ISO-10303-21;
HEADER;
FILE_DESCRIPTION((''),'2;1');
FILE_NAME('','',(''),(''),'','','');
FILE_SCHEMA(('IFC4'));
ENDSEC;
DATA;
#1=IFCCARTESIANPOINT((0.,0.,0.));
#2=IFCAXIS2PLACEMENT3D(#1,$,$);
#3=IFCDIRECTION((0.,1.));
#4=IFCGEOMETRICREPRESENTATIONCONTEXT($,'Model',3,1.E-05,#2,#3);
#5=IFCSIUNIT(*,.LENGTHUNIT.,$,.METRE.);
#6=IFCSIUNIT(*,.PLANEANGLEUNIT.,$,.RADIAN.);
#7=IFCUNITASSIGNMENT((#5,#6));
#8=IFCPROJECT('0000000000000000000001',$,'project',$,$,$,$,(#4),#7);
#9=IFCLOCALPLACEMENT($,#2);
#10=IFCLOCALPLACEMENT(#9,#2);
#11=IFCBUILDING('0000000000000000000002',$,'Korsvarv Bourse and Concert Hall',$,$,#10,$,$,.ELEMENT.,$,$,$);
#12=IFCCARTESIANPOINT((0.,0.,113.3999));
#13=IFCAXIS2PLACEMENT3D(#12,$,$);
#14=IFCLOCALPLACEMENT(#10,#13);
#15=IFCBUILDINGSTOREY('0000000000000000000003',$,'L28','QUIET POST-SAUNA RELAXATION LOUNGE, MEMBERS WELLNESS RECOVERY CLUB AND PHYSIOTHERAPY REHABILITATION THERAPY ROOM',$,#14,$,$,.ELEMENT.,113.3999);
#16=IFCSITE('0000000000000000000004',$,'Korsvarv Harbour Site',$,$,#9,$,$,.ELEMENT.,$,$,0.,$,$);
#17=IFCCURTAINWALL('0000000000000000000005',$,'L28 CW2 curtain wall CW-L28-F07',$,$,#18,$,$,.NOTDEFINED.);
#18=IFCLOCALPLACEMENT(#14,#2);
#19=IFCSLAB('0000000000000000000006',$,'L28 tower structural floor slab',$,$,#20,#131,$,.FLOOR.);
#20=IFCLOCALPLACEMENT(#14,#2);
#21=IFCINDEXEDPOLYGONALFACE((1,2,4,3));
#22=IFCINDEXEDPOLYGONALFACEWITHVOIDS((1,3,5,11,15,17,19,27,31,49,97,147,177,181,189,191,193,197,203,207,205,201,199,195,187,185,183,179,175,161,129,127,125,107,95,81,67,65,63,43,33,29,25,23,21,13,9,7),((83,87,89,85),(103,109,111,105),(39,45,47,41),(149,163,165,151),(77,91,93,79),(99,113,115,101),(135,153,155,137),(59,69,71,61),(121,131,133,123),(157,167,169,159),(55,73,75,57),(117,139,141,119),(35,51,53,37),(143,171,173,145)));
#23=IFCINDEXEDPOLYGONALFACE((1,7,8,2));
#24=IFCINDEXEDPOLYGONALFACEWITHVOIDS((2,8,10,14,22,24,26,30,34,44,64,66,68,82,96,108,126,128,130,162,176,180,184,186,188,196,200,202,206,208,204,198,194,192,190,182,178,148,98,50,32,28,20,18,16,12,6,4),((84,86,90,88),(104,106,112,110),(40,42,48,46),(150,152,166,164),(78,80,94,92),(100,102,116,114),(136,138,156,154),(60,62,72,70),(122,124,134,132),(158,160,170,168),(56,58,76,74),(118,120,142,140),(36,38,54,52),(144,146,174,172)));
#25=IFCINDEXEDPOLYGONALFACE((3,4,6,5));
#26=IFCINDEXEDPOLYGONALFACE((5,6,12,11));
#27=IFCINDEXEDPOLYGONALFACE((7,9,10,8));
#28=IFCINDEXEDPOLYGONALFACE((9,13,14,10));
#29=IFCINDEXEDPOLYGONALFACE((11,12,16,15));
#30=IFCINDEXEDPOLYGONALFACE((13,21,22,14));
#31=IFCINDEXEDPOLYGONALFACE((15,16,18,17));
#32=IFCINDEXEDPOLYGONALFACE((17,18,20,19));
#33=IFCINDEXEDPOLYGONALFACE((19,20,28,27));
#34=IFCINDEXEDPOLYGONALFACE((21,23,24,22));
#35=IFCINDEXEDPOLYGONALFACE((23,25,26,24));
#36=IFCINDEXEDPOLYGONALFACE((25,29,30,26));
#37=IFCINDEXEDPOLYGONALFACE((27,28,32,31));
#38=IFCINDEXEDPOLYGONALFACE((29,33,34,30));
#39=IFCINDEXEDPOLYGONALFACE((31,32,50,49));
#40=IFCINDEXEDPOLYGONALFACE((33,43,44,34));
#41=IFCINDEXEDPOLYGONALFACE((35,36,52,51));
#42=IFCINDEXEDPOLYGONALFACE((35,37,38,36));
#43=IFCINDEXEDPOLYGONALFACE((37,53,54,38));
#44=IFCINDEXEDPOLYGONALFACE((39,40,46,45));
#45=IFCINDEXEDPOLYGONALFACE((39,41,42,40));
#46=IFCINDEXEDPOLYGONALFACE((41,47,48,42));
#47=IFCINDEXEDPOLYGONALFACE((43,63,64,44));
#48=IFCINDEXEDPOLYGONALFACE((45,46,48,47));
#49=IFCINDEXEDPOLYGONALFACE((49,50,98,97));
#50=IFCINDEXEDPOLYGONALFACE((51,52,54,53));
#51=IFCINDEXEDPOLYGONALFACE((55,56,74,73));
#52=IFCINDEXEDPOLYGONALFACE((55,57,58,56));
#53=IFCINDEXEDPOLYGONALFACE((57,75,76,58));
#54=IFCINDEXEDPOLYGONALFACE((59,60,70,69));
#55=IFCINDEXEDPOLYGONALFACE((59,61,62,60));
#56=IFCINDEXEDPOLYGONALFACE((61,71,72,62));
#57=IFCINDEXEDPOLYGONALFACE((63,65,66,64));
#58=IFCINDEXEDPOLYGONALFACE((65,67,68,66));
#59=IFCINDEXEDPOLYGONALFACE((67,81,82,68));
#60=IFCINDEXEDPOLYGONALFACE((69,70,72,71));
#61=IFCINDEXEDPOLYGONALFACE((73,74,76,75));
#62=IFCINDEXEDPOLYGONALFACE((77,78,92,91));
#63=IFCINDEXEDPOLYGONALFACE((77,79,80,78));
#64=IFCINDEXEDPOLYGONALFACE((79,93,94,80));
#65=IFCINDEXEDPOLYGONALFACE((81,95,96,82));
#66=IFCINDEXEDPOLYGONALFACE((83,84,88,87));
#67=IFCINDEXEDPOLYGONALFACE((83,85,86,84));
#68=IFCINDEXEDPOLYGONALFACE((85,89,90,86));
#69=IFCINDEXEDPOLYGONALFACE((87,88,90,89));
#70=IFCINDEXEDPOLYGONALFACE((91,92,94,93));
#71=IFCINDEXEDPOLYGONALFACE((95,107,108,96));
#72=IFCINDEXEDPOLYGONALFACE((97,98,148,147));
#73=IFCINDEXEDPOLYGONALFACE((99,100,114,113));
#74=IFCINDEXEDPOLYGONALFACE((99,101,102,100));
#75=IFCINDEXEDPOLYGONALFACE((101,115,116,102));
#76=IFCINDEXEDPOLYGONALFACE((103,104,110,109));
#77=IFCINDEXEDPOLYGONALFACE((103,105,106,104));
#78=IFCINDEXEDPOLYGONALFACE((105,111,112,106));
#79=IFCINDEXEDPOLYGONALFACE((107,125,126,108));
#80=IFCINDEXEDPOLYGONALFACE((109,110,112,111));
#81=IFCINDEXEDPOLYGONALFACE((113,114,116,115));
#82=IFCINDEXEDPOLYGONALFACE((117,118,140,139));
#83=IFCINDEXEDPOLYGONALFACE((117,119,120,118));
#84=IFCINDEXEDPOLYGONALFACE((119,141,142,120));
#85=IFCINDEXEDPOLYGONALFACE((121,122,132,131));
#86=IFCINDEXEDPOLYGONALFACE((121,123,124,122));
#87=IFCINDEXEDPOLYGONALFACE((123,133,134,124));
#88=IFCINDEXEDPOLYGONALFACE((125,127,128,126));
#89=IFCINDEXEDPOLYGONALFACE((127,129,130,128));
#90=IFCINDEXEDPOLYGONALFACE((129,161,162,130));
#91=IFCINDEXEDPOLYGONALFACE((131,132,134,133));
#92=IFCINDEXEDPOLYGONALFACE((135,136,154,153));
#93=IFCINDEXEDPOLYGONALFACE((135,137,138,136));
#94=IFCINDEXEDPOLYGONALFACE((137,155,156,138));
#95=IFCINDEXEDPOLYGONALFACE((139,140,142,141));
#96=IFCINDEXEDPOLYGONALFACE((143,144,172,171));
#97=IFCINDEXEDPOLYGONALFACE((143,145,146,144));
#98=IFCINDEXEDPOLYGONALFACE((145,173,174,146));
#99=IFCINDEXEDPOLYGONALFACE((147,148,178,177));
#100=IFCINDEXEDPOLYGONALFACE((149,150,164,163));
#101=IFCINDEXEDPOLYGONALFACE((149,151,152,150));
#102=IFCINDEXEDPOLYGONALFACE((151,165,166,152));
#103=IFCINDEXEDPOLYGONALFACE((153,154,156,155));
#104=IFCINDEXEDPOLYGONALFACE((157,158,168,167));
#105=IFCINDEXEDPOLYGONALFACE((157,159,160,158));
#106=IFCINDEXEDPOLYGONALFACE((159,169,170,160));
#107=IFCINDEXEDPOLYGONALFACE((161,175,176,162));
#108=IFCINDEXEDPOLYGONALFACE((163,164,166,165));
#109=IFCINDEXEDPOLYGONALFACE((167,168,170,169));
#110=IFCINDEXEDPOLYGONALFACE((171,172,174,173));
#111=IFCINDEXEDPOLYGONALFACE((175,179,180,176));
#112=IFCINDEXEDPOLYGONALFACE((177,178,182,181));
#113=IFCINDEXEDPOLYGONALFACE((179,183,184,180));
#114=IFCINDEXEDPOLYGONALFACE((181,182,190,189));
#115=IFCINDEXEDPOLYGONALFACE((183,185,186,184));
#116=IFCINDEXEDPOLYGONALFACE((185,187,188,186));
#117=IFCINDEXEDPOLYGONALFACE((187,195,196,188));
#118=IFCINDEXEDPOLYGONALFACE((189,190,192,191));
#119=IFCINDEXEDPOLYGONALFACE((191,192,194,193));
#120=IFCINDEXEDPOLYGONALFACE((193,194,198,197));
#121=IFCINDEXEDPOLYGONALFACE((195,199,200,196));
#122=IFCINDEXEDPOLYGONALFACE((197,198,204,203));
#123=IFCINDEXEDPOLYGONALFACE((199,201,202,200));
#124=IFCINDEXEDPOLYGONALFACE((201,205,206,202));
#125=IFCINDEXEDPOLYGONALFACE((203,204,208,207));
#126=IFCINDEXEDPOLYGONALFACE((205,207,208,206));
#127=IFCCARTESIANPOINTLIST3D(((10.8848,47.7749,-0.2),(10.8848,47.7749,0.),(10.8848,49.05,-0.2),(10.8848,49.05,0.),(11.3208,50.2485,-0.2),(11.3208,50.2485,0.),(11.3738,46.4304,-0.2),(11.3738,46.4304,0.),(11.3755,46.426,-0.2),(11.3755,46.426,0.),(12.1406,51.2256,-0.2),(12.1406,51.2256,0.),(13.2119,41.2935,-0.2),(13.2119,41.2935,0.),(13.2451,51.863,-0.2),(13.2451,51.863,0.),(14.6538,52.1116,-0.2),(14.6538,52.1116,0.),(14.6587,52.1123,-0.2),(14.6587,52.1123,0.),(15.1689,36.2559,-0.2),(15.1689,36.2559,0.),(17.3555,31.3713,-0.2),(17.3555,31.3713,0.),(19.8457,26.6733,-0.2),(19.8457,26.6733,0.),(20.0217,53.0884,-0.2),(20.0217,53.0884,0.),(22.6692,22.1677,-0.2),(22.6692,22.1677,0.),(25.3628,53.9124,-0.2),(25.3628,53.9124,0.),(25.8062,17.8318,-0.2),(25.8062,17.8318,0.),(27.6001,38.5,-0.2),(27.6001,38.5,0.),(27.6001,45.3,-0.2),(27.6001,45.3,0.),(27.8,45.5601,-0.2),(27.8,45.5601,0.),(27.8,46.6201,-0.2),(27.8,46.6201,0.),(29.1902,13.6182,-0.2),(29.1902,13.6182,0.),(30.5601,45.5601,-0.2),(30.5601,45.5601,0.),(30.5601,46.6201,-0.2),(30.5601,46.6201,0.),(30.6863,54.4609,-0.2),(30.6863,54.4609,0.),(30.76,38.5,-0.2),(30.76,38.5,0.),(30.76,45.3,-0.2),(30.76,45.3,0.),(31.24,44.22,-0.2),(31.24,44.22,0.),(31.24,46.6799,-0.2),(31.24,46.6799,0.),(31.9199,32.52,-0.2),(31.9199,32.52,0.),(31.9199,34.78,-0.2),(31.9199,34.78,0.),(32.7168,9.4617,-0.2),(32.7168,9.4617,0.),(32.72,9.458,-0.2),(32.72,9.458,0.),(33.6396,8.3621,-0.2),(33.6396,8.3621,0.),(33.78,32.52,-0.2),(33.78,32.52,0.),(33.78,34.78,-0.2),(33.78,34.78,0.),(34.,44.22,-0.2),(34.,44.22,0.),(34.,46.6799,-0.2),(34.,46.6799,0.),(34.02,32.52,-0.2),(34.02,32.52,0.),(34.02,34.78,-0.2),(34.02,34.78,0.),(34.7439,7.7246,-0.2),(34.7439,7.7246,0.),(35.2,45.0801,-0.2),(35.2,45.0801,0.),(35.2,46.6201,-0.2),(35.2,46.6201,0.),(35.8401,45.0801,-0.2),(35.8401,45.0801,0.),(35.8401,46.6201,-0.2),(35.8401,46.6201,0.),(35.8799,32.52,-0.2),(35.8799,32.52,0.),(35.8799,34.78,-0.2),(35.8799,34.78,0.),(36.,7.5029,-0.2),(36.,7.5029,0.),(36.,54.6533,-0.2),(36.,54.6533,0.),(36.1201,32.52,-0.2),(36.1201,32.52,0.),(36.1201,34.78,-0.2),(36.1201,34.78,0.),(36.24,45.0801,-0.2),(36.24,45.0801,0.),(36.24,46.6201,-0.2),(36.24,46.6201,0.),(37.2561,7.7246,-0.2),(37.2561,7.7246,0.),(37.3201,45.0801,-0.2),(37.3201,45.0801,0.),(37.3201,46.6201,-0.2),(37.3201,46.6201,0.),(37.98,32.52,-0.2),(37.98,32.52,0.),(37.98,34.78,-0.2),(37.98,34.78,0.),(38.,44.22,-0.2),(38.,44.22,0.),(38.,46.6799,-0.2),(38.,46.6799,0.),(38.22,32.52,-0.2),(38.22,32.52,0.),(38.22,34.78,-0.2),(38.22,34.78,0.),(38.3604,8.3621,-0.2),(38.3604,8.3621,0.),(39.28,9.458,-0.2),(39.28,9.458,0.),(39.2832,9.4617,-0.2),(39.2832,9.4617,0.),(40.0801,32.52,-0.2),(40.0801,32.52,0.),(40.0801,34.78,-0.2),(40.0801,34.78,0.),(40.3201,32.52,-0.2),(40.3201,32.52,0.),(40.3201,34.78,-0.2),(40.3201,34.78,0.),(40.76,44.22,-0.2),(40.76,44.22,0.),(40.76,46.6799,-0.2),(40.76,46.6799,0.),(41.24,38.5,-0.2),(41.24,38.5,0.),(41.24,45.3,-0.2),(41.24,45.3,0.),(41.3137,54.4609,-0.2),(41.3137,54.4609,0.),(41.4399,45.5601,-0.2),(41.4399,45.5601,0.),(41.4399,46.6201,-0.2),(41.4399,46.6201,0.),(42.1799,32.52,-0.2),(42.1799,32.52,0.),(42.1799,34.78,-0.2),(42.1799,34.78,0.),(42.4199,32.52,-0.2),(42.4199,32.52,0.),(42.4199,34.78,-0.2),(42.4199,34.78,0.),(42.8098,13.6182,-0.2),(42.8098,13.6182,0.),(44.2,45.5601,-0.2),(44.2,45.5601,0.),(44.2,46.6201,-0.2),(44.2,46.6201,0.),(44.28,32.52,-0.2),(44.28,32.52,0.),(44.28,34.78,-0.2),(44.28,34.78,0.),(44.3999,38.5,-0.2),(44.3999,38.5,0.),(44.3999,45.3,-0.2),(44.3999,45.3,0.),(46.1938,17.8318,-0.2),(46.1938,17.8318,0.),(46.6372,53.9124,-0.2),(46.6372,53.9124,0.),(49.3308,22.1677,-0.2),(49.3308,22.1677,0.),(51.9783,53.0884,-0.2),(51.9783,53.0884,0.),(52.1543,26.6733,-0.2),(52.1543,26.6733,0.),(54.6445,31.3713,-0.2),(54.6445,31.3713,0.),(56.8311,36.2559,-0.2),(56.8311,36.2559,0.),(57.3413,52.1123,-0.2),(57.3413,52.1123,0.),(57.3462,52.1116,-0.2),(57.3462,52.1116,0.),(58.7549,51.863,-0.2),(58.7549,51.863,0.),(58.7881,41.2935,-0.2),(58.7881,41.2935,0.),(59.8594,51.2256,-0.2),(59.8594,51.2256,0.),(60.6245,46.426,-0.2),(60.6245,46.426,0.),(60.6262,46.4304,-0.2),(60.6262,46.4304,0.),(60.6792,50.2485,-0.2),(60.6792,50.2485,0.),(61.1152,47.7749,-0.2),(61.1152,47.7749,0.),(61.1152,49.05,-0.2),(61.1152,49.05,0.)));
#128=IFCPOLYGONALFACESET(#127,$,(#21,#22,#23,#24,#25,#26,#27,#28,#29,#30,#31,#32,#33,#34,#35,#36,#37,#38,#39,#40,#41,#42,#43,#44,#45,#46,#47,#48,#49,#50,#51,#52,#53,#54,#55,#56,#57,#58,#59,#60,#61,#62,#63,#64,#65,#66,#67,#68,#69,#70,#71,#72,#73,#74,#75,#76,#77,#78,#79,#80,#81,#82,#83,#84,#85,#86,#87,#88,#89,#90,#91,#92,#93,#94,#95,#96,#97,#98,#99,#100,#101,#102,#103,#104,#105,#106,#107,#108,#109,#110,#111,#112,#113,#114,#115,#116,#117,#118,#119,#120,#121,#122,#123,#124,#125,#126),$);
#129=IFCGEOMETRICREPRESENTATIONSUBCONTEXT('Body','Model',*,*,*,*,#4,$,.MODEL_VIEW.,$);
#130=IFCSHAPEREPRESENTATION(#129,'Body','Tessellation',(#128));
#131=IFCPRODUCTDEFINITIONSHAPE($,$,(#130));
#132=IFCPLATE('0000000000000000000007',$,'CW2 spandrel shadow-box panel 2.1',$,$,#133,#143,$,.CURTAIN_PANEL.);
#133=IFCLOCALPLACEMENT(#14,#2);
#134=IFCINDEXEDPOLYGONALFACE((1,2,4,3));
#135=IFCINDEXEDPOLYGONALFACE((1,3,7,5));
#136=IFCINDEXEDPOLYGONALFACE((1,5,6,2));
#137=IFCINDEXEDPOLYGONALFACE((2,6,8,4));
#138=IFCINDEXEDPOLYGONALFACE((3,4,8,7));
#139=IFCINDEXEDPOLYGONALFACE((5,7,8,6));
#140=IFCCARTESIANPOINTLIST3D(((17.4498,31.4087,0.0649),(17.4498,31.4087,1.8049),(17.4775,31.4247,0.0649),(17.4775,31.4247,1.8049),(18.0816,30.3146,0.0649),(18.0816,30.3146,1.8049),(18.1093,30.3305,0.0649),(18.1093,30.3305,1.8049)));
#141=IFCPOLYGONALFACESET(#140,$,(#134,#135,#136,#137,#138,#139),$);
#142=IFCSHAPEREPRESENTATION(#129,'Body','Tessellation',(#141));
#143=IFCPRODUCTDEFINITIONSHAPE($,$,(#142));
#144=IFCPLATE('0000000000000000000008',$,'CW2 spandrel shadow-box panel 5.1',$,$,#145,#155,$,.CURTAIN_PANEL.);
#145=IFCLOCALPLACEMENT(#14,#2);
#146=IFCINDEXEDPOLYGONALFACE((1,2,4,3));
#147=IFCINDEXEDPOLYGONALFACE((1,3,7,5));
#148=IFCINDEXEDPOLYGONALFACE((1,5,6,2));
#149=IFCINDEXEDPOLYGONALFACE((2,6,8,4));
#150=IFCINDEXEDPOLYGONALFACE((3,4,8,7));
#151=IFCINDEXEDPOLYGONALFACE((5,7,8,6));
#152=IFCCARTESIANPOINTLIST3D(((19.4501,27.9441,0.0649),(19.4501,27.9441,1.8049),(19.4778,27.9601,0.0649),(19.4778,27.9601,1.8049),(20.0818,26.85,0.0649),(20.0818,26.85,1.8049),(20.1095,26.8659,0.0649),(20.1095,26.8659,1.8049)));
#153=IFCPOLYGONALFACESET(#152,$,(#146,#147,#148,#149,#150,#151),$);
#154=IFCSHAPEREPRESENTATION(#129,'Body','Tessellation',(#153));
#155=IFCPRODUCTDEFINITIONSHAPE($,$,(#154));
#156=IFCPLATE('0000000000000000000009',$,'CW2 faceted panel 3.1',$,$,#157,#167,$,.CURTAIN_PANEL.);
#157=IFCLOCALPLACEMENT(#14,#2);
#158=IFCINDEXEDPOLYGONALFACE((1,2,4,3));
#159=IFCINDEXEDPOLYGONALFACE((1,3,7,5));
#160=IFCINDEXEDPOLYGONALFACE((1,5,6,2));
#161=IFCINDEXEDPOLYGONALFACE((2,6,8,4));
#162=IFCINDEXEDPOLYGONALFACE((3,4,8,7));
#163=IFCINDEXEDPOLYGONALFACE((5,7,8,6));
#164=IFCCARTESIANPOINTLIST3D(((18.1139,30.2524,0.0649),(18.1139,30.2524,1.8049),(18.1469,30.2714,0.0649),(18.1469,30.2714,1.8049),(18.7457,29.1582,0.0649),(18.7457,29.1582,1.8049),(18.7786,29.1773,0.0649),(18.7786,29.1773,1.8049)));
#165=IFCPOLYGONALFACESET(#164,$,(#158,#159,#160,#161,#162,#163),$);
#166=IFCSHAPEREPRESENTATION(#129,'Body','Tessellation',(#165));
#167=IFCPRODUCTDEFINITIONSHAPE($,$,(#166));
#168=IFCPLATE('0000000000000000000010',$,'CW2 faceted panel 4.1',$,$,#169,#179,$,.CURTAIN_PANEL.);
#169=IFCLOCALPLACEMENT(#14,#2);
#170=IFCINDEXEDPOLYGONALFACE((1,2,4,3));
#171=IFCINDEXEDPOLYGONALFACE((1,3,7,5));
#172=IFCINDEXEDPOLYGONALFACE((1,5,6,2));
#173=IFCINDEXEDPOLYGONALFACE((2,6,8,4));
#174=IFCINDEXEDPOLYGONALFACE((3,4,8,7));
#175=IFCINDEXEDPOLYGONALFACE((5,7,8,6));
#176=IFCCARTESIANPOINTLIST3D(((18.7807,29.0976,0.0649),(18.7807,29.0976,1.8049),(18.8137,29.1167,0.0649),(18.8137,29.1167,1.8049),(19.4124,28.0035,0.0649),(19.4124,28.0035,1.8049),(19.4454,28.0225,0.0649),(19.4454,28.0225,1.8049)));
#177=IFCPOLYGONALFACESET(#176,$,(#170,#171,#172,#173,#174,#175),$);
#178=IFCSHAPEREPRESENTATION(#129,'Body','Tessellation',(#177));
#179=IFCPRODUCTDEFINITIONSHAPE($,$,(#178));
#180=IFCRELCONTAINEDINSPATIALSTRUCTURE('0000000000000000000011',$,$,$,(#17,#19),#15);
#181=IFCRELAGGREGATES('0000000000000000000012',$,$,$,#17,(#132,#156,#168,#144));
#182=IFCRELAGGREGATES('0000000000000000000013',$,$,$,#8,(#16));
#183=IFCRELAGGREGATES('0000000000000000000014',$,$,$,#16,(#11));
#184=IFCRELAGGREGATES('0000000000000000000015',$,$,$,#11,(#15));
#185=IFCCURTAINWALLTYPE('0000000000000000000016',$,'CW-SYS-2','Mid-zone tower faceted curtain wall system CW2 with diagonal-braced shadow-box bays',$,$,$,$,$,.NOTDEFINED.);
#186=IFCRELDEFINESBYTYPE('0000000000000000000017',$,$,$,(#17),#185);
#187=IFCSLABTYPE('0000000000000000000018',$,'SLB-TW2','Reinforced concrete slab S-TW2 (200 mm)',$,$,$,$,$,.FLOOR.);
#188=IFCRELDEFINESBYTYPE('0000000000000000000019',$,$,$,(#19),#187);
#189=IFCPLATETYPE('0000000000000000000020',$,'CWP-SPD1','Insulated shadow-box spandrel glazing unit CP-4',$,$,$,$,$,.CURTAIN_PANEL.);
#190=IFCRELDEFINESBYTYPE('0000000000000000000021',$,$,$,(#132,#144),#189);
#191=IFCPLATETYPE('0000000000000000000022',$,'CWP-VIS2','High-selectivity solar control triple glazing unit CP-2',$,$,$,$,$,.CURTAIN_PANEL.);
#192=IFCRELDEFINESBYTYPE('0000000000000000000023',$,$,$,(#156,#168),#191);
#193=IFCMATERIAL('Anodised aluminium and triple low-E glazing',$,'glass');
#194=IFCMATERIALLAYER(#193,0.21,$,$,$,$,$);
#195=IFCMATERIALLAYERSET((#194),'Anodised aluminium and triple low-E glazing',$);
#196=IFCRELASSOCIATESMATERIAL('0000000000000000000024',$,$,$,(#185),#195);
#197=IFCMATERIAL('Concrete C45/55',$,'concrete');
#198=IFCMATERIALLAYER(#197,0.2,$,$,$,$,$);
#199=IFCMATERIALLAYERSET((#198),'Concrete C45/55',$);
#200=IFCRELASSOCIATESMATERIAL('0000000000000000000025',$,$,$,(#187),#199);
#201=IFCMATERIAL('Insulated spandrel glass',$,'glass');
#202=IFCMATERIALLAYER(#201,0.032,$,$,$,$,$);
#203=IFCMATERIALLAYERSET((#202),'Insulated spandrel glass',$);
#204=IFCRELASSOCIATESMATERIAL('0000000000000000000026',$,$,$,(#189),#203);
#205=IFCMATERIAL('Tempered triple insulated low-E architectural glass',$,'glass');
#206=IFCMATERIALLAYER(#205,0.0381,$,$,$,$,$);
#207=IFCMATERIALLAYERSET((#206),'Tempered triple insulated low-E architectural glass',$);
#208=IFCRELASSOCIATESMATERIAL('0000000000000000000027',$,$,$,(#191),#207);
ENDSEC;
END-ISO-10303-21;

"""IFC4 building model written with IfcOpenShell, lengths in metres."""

from ifc_helpers import new_model, si_unit, direction, frame, origin, origin_2d, place, context, subcontext, project, spatial, polyline, rectangle, outline, extrude, source, transform, mapped, material, layer, layer_set, type_object, element, aggregate, save


model = new_model("IFC4")

# Units and contexts
model_context = context("Model", 3, precision=1e-05, world=origin(), true_north=direction((0.0, 1.0)))
body_context = subcontext(model_context, "Body", "Model", "MODEL_VIEW")
ifc_project = project(units=[si_unit("LENGTHUNIT", "METRE"), si_unit("PLANEANGLEUNIT", "RADIAN")], contexts=[model_context])

# Site, building, storey
site_placement = place(None, origin())
site = spatial("IfcSite", under=ifc_project, at=site_placement, Name="Korsvarv Harbour Site", CompositionType="ELEMENT", RefElevation=0.0)
building_placement = place(site_placement, origin())
building = spatial("IfcBuilding", under=site, at=building_placement, Name="Korsvarv Bourse and Concert Hall", CompositionType="ELEMENT")
storey_placement = place(building_placement, frame((0.0, 0.0, 113.3999)))
storey = spatial("IfcBuildingStorey", under=building, at=storey_placement, Name="L28", Description="QUIET POST-SAUNA RELAXATION LOUNGE, MEMBERS WELLNESS RECOVERY CLUB AND PHYSIOTHERAPY REHABILITATION THERAPY ROOM", CompositionType="ELEMENT", Elevation=113.3999)

# Curtain wall
ifc_material_1 = material(Name="Anodised aluminium and triple low-E glazing", Category="glass")
ifc_layer_1 = layer(ifc_material_1, 0.21)
ifc_layer_set_1 = layer_set([ifc_layer_1], Name="Anodised aluminium and triple low-E glazing")
curtain_wall_type = type_object("IfcCurtainWallType", Name="CW-SYS-2", Description="Mid-zone tower faceted curtain wall system CW2 with diagonal-braced shadow-box bays", PredefinedType="NOTDEFINED", material=ifc_layer_set_1)
curtain_wall_placement = place(storey_placement, origin())
curtain_wall = element("IfcCurtainWall", 1, at=curtain_wall_placement, inside=storey, type_object=curtain_wall_type, Name="L28 CW2 curtain wall CW-L28-F07", PredefinedType="NOTDEFINED")

# Slab
ifc_material_2 = material(Name="Concrete C45/55", Category="concrete")
ifc_layer_2 = layer(ifc_material_2, 0.2)
ifc_layer_set_2 = layer_set([ifc_layer_2], Name="Concrete C45/55")
slab_type_1 = type_object("IfcSlabType", Name="SLB-TW2", Description="Reinforced concrete slab S-TW2 (200 mm)", PredefinedType="FLOOR", material=ifc_layer_set_2)
slab_1_placement = place(storey_placement, frame((0.0, 0.0, -0.2)))
element("IfcSlab", 2, at=slab_1_placement, inside=storey, type_object=slab_type_1, Name="L28 tower structural floor slab", PredefinedType="FLOOR", context=body_context, shape_type="SweptSolid", body=[
    extrude(outline(polyline([(60.6245, 46.426), (58.7881, 41.2935), (56.8311, 36.2559), (54.6445, 31.3713), (52.1543, 26.6733), (49.3308, 22.1677), (46.1938, 17.8318), (42.8098, 13.6182), (39.2832, 9.4617), (39.28, 9.458), (38.3604, 8.3621), (37.2561, 7.7246), (36.0, 7.5029), (34.7439, 7.7246), (33.6396, 8.3621), (32.72, 9.458), (32.7168, 9.4617), (29.1902, 13.6182), (25.8062, 17.8318), (22.6692, 22.1677), (19.8457, 26.6733), (17.3555, 31.3713), (15.1689, 36.2559), (13.2119, 41.2935), (11.3755, 46.426), (11.3738, 46.4304), (10.8848, 47.7749), (10.8848, 49.05), (11.3208, 50.2485), (12.1406, 51.2256), (13.2451, 51.863), (14.6538, 52.1116), (14.6587, 52.1123), (20.0217, 53.0884), (25.3628, 53.9124), (30.6863, 54.4609), (36.0, 54.6533), (41.3137, 54.4609), (46.6372, 53.9124), (51.9783, 53.0884), (57.3413, 52.1123), (57.3462, 52.1116), (58.7549, 51.863), (59.8594, 51.2256), (60.6792, 50.2485), (61.1152, 49.05), (61.1152, 47.7749), (60.6262, 46.4304), (60.6245, 46.426)]), holes=[polyline([(30.76, 38.5), (30.76, 45.3), (27.6001, 45.3), (27.6001, 38.5), (30.76, 38.5)]), polyline([(44.3999, 38.5), (44.3999, 45.3), (41.24, 45.3), (41.24, 38.5), (44.3999, 38.5)]), polyline([(31.24, 44.22), (34.0, 44.22), (34.0, 46.6799), (31.24, 46.6799), (31.24, 44.22)]), polyline([(38.0, 44.22), (40.76, 44.22), (40.76, 46.6799), (38.0, 46.6799), (38.0, 44.22)]), polyline([(31.9199, 32.52), (33.78, 32.52), (33.78, 34.78), (31.9199, 34.78), (31.9199, 32.52)]), polyline([(34.02, 32.52), (35.8799, 32.52), (35.8799, 34.78), (34.02, 34.78), (34.02, 32.52)]), polyline([(36.1201, 32.52), (37.98, 32.52), (37.98, 34.78), (36.1201, 34.78), (36.1201, 32.52)]), polyline([(38.22, 32.52), (40.0801, 32.52), (40.0801, 34.78), (38.22, 34.78), (38.22, 32.52)]), polyline([(40.3201, 32.52), (42.1799, 32.52), (42.1799, 34.78), (40.3201, 34.78), (40.3201, 32.52)]), polyline([(42.4199, 32.52), (44.28, 32.52), (44.28, 34.78), (42.4199, 34.78), (42.4199, 32.52)]), polyline([(27.8, 45.5601), (30.5601, 45.5601), (30.5601, 46.6201), (27.8, 46.6201), (27.8, 45.5601)]), polyline([(41.4399, 45.5601), (44.2, 45.5601), (44.2, 46.6201), (41.4399, 46.6201), (41.4399, 45.5601)]), polyline([(35.2, 45.0801), (35.8401, 45.0801), (35.8401, 46.6201), (35.2, 46.6201), (35.2, 45.0801)]), polyline([(36.24, 45.0801), (37.3201, 45.0801), (37.3201, 46.6201), (36.24, 46.6201), (36.24, 45.0801)])]), origin(), (0.0, 0.0, 1.0), 0.2),
])

# Plates
ifc_material_3 = material(Name="Insulated spandrel glass", Category="glass")
ifc_layer_3 = layer(ifc_material_3, 0.032)
ifc_layer_set_3 = layer_set([ifc_layer_3], Name="Insulated spandrel glass")
plate_type_1 = type_object("IfcPlateType", Name="CWP-SPD1", Description="Insulated shadow-box spandrel glazing unit CP-4", PredefinedType="CURTAIN_PANEL", material=ifc_layer_set_3)
shared_shape_1 = source(origin(), body_context, "Body", "SweptSolid", [
    extrude(rectangle(XDim=1.2634, YDim=0.032, at=origin_2d()), origin(), (0.0, 0.0, 1.0), 1.74),
])
plate_1_placement = place(storey_placement, frame((17.7795, 30.8696, 0.0649), z_axis=(0.0, 0.0, 1.0), x_axis=(0.500006, -0.866022, 0.0)))
plate_1 = element("IfcPlate", 3, at=plate_1_placement, type_object=plate_type_1, Name="CW2 spandrel shadow-box panel 2.1", PredefinedType="CURTAIN_PANEL", context=body_context, shape_type="MappedRepresentation", body=[
    mapped(shared_shape_1, transform((0.0, 0.0, 0.0), scale=1.0)),
])
plate_2_placement = place(storey_placement, frame((19.7798, 27.405, 0.0649), z_axis=(0.0, 0.0, 1.0), x_axis=(0.500006, -0.866022, 0.0)))
plate_2 = element("IfcPlate", 4, at=plate_2_placement, type_object=plate_type_1, Name="CW2 spandrel shadow-box panel 5.1", PredefinedType="CURTAIN_PANEL", context=body_context, shape_type="MappedRepresentation", body=[
    mapped(shared_shape_1, transform((0.0, 0.0, 0.0), scale=1.0)),
])
ifc_material_4 = material(Name="Tempered triple insulated low-E architectural glass", Category="glass")
ifc_layer_4 = layer(ifc_material_4, 0.0381)
ifc_layer_set_4 = layer_set([ifc_layer_4], Name="Tempered triple insulated low-E architectural glass")
plate_type_2 = type_object("IfcPlateType", Name="CWP-VIS2", Description="High-selectivity solar control triple glazing unit CP-2", PredefinedType="CURTAIN_PANEL", material=ifc_layer_set_4)
shared_shape_2 = source(origin(), body_context, "Body", "SweptSolid", [
    extrude(rectangle(XDim=1.2634, YDim=0.0381, at=origin_2d()), origin(), (0.0, 0.0, 1.0), 1.74),
])
plate_3_placement = place(storey_placement, frame((18.4463, 29.7148, 0.0649), z_axis=(0.0, 0.0, 1.0), x_axis=(0.500006, -0.866022, 0.0)))
plate_3 = element("IfcPlate", 5, at=plate_3_placement, type_object=plate_type_2, Name="CW2 faceted panel 3.1", PredefinedType="CURTAIN_PANEL", context=body_context, shape_type="MappedRepresentation", body=[
    mapped(shared_shape_2, transform((0.0, 0.0, 0.0), scale=1.0)),
])
plate_4_placement = place(storey_placement, frame((19.113, 28.5601, 0.0649), z_axis=(0.0, 0.0, 1.0), x_axis=(0.500006, -0.866022, 0.0)))
plate_4 = element("IfcPlate", 6, at=plate_4_placement, type_object=plate_type_2, Name="CW2 faceted panel 4.1", PredefinedType="CURTAIN_PANEL", context=body_context, shape_type="MappedRepresentation", body=[
    mapped(shared_shape_2, transform((0.0, 0.0, 0.0), scale=1.0)),
])
aggregate(curtain_wall, [plate_1, plate_3, plate_4, plate_2])

save(model, "model.ifc")
